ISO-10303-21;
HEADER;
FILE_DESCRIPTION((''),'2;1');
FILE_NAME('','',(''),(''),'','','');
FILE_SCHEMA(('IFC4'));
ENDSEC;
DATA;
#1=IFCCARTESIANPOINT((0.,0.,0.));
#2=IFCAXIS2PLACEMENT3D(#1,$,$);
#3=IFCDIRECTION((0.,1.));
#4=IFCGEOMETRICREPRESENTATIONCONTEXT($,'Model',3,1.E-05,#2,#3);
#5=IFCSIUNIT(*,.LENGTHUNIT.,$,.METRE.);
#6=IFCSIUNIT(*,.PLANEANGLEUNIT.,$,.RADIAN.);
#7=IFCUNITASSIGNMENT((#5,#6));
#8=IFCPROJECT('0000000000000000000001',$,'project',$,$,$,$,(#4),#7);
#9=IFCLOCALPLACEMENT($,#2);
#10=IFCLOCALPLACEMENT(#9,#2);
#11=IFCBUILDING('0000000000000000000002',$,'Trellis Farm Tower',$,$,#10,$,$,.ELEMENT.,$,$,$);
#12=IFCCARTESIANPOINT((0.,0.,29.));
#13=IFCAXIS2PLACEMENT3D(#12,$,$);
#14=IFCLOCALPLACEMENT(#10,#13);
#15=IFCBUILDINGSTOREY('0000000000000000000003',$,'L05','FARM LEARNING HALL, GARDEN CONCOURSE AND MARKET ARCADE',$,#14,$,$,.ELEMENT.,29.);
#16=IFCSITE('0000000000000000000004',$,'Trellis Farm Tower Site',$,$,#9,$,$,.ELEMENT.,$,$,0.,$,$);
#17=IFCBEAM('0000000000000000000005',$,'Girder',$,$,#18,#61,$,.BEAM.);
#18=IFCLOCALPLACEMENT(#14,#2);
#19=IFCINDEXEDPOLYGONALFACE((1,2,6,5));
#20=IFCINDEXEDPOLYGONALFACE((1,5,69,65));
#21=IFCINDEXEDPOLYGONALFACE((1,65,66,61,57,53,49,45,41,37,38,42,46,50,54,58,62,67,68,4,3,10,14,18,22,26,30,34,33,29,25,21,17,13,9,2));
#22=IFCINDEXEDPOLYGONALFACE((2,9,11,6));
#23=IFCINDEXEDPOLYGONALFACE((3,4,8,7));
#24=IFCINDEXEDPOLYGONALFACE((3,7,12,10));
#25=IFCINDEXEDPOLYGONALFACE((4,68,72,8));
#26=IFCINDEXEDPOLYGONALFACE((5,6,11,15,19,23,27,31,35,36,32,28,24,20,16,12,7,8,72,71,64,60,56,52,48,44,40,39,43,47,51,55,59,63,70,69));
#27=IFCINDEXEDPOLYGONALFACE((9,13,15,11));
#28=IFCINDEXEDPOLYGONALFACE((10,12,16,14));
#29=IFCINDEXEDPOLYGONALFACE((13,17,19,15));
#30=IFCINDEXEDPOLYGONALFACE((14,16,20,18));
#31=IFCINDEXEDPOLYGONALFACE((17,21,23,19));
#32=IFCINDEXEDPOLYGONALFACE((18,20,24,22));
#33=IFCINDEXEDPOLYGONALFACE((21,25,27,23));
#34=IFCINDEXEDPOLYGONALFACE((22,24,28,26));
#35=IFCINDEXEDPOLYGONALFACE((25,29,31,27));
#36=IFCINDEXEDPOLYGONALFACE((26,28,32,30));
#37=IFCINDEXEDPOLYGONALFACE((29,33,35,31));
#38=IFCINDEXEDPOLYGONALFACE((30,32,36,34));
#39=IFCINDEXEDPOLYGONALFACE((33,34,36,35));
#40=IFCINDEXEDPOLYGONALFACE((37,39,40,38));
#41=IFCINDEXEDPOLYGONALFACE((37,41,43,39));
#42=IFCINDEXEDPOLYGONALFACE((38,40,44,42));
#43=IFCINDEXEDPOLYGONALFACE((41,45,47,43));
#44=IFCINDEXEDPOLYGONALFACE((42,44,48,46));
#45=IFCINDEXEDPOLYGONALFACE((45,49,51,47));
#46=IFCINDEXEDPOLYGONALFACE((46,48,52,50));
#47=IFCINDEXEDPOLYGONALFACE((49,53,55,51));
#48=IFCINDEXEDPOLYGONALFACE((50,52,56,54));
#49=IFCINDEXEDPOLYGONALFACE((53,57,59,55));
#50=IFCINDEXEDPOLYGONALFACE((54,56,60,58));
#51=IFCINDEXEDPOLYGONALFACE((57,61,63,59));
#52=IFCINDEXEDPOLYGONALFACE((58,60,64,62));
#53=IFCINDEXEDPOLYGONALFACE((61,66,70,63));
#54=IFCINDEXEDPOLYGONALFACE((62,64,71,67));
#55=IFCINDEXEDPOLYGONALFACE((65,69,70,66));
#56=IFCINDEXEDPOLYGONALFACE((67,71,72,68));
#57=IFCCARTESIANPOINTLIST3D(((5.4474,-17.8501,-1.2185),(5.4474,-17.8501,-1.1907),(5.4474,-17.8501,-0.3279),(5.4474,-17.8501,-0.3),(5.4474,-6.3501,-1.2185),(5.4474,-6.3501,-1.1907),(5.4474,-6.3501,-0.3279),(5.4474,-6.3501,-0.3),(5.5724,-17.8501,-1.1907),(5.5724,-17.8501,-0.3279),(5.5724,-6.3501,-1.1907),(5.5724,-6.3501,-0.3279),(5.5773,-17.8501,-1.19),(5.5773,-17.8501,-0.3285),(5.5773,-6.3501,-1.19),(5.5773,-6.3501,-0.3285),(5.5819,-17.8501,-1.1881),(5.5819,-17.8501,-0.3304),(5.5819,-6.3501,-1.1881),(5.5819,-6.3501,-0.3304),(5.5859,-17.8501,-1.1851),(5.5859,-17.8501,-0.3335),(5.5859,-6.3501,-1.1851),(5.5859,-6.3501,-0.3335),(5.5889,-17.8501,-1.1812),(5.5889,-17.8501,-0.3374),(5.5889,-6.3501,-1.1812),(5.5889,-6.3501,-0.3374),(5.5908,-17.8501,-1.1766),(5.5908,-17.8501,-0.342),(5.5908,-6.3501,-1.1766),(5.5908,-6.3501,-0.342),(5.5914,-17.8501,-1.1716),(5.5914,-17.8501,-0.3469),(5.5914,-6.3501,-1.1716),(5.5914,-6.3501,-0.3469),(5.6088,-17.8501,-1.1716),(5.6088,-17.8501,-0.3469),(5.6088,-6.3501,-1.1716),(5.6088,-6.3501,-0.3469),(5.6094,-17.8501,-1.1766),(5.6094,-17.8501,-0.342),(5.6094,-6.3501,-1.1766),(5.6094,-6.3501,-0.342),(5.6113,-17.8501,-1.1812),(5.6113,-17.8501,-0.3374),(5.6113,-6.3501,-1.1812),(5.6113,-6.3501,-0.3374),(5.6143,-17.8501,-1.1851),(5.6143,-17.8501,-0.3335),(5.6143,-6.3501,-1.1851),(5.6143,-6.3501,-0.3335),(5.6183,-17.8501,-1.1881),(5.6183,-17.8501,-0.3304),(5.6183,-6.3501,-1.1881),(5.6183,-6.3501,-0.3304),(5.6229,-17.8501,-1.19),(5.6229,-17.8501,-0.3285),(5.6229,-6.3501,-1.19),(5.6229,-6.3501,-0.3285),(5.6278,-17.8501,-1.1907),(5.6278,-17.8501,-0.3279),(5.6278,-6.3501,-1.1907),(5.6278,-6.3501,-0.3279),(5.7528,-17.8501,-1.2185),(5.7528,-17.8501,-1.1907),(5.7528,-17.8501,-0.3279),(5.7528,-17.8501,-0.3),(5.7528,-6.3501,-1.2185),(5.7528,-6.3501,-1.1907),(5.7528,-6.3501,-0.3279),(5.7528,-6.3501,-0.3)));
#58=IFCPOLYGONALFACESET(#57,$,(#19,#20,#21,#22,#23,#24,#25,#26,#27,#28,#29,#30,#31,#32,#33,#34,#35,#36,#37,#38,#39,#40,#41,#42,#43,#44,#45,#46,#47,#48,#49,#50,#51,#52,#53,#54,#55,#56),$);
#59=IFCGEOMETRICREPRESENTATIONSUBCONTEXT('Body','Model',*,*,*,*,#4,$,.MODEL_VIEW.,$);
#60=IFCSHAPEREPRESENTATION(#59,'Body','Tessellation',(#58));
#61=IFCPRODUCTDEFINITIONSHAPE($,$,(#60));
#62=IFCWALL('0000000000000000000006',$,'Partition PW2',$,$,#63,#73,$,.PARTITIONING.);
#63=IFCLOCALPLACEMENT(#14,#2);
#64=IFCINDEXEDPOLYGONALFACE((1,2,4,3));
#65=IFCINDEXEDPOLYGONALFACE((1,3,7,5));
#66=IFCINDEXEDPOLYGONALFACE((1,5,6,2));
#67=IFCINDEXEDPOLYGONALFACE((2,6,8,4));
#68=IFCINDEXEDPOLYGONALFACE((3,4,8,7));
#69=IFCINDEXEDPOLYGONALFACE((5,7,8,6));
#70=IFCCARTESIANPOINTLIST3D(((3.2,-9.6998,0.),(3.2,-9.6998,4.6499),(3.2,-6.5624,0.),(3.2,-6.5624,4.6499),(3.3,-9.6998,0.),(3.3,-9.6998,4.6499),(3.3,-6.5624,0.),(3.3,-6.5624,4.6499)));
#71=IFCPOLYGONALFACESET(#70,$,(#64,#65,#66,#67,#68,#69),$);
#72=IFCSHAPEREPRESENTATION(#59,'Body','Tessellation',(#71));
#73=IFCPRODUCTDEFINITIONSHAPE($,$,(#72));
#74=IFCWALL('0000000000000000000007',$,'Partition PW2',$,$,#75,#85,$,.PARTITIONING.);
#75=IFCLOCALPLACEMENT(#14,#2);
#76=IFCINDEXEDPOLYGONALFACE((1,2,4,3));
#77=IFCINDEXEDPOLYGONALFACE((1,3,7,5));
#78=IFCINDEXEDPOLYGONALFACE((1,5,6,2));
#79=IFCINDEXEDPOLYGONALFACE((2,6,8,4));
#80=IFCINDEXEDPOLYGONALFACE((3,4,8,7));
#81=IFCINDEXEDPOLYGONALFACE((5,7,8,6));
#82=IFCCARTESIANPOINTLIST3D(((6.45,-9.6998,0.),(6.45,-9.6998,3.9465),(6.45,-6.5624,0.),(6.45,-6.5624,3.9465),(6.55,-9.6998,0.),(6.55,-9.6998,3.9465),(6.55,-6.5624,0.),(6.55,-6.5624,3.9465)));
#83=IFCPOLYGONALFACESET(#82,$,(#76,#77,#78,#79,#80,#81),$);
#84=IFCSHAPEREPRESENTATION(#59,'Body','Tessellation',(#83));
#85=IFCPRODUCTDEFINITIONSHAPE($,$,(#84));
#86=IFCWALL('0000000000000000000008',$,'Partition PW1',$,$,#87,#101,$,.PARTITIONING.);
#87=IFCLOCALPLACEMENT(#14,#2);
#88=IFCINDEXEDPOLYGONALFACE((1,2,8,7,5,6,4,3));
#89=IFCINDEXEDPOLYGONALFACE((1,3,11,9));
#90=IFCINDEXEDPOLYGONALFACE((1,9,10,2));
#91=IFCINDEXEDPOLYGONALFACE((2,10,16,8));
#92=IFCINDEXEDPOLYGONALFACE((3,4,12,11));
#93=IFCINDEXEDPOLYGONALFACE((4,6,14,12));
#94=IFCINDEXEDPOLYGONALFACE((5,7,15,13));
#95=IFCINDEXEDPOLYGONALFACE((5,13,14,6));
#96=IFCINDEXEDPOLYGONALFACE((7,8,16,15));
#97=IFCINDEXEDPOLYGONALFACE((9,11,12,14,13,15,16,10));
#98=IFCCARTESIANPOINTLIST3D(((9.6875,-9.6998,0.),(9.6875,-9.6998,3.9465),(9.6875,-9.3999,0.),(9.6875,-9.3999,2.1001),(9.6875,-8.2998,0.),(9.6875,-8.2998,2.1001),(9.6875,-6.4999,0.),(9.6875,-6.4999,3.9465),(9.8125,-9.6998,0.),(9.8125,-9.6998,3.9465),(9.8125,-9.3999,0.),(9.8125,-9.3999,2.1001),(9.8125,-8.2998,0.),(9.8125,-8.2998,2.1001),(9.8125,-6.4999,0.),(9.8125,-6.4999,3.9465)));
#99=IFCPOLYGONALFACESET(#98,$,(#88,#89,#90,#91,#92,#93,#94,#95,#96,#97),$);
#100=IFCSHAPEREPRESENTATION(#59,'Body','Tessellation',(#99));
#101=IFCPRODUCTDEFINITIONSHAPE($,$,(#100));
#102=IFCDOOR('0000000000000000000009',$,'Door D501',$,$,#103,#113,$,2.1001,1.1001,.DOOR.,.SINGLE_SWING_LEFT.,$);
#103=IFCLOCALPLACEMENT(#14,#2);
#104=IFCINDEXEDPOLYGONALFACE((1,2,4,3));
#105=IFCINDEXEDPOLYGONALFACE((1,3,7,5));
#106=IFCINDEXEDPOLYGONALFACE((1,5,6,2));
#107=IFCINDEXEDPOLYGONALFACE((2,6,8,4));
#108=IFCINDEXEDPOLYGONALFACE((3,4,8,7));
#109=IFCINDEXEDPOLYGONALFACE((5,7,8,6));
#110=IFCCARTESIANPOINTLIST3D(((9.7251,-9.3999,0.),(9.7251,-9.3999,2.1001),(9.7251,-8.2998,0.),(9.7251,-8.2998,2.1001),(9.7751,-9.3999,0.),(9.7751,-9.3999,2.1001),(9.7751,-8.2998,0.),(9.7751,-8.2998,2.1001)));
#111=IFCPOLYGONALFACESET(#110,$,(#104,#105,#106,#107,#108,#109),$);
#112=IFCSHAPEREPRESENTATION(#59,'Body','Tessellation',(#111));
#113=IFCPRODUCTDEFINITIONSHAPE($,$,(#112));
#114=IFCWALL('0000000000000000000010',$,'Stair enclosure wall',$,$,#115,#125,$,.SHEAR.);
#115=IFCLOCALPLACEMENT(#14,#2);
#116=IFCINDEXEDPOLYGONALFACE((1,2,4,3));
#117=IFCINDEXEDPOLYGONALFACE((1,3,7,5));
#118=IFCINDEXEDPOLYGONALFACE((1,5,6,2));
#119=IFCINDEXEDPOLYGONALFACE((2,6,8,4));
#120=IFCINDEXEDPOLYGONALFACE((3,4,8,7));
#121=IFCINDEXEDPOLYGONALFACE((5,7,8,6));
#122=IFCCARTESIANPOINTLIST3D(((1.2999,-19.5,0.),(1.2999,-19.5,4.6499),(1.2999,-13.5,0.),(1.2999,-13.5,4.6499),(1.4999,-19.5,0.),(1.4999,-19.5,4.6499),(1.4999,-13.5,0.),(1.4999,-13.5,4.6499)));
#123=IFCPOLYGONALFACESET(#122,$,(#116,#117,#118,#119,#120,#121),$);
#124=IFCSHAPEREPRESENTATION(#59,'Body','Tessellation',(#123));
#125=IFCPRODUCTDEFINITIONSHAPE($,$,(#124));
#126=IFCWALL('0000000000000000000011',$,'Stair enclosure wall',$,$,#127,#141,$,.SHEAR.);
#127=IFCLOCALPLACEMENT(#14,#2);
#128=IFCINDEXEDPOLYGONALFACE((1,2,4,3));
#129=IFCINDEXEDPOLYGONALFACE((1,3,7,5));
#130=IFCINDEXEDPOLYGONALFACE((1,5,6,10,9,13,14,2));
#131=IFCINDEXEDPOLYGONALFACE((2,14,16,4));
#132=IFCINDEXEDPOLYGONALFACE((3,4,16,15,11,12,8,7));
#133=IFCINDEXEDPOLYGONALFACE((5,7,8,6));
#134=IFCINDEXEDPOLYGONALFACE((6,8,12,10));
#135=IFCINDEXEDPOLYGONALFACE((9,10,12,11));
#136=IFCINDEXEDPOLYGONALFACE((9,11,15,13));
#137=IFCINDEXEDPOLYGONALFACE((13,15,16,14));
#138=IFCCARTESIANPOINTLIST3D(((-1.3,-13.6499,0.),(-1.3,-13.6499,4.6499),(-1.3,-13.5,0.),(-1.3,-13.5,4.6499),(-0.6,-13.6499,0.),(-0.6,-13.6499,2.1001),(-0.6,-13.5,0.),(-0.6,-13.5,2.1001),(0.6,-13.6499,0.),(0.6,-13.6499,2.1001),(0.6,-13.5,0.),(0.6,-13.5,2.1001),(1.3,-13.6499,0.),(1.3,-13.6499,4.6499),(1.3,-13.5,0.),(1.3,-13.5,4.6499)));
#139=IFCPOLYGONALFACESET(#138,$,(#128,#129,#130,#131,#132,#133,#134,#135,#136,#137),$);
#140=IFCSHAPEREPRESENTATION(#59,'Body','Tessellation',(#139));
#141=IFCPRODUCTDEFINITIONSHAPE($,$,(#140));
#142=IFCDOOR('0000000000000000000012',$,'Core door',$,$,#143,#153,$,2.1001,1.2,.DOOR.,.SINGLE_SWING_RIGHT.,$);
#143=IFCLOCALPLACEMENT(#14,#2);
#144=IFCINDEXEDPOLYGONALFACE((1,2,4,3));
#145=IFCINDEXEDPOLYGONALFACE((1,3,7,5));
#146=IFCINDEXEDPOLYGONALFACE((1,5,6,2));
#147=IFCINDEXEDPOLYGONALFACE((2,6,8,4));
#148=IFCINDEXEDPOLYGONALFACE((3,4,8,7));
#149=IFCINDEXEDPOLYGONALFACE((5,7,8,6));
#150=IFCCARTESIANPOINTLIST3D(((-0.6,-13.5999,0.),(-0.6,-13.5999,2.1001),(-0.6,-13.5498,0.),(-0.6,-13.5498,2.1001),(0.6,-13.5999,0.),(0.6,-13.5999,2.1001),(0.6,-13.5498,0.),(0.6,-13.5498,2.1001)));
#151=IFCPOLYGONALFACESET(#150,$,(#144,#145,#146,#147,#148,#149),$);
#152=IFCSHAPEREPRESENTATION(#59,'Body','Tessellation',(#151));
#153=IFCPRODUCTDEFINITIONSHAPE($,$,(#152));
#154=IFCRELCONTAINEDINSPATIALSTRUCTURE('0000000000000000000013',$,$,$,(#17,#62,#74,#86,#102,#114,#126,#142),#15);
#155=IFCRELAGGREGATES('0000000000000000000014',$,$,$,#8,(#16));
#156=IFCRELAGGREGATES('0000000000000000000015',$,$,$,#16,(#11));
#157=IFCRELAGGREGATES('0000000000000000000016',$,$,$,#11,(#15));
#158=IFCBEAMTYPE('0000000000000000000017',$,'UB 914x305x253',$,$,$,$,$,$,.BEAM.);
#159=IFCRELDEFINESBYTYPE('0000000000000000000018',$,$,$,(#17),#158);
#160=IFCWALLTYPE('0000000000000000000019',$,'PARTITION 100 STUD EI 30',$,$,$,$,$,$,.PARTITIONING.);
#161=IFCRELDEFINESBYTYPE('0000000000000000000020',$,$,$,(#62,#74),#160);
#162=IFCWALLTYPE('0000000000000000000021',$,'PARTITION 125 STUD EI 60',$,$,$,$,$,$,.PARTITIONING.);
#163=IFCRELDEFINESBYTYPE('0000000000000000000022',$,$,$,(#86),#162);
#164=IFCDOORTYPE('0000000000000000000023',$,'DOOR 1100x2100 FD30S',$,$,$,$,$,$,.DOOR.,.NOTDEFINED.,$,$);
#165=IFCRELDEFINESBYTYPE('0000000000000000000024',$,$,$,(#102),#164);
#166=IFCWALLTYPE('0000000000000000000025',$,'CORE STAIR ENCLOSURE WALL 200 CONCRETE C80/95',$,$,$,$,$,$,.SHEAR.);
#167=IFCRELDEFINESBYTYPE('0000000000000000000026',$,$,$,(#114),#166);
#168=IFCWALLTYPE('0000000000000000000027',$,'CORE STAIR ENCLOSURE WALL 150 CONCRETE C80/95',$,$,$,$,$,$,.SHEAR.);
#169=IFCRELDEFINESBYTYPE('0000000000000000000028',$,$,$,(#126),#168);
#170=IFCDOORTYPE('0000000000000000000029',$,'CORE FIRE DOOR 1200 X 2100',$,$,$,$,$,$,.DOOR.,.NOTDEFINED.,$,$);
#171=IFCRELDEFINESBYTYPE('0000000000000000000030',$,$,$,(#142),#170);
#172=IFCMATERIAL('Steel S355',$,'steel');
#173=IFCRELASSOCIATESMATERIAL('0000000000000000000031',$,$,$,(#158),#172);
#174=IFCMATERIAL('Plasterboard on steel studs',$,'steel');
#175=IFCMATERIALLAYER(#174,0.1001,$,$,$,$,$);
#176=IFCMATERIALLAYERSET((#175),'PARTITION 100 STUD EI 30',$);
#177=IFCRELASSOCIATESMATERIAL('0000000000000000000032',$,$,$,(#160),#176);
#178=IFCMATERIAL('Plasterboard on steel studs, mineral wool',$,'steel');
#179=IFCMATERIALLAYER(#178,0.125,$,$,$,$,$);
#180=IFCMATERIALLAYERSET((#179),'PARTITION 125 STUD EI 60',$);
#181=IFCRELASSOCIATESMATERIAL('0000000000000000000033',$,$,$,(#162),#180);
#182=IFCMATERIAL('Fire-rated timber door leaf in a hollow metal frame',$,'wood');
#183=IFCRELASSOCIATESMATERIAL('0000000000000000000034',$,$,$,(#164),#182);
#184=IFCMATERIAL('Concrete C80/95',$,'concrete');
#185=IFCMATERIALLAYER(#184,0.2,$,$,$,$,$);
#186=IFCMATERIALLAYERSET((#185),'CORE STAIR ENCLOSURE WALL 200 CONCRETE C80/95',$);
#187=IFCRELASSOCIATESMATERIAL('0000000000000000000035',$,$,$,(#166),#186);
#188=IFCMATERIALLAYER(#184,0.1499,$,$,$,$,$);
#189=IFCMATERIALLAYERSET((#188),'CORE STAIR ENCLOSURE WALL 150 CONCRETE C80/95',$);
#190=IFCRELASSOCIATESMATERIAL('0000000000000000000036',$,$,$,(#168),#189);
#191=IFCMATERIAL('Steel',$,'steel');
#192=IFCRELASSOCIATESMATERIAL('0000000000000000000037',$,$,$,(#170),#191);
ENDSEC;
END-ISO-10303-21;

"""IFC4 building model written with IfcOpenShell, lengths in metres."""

from ifc_helpers import new_model, si_unit, direction, frame, frame_2d, origin, origin_2d, place, context, subcontext, project, spatial, rectangle, i_section, extrude, source, transform, mapped, material, layer, layer_set, material_profile, profile_set, type_object, element, fill, save


model = new_model("IFC4")

# Units and contexts
model_context = context("Model", 3, precision=1e-05, world=origin(), true_north=direction((0.0, 1.0)))
body_context = subcontext(model_context, "Body", "Model", "MODEL_VIEW")
ifc_project = project(units=[si_unit("LENGTHUNIT", "METRE"), si_unit("PLANEANGLEUNIT", "RADIAN")], contexts=[model_context])

# Site, building, storey
site_placement = place(None, origin())
site = spatial("IfcSite", under=ifc_project, at=site_placement, Name="Trellis Farm Tower Site", CompositionType="ELEMENT", RefElevation=0.0)
building_placement = place(site_placement, origin())
building = spatial("IfcBuilding", under=site, at=building_placement, Name="Trellis Farm Tower", CompositionType="ELEMENT")
storey_placement = place(building_placement, frame((0.0, 0.0, 29.0)))
storey = spatial("IfcBuildingStorey", under=building, at=storey_placement, Name="L05", Description="FARM LEARNING HALL, GARDEN CONCOURSE AND MARKET ARCADE", CompositionType="ELEMENT", Elevation=29.0)

# Beam
ifc_material_1 = material(Name="Steel S355", Category="steel")
ifc_material_profile_1 = material_profile(ifc_material_1, i_section(OverallWidth=0.3054, OverallDepth=0.9185, WebThickness=0.0173, FlangeThickness=0.0278, FilletRadius=0.019, at=origin_2d()), Name="UB 914x305x253")
ifc_profile_set_1 = profile_set([ifc_material_profile_1], Name="Steel S355")
beam_type_1 = type_object("IfcBeamType", Name="UB 914x305x253", PredefinedType="BEAM", material=ifc_profile_set_1)
shared_shape_1 = source(origin(), body_context, "Body", "SweptSolid", [
    extrude(i_section(OverallWidth=0.3054, OverallDepth=0.9185, WebThickness=0.0173, FlangeThickness=0.0278, FilletRadius=0.019, at=origin_2d()), origin(), (0.0, 0.0, 1.0), 11.5),
])
beam_1_placement = place(storey_placement, frame((5.6001, -17.8501, -0.7593), z_axis=(0.0, 1.0, 0.0), x_axis=(-1.0, 0.0, 0.0)))
element("IfcBeam", 1, at=beam_1_placement, inside=storey, type_object=beam_type_1, Name="Girder", PredefinedType="BEAM", context=body_context, shape_type="MappedRepresentation", body=[
    mapped(shared_shape_1, transform((0.0, 0.0, 0.0))),
])

# Walls
ifc_material_2 = material(Name="Plasterboard on steel studs", Category="steel")
ifc_layer_1 = layer(ifc_material_2, 0.1001)
ifc_layer_set_1 = layer_set([ifc_layer_1], Name="PARTITION 100 STUD EI 30")
wall_type_1 = type_object("IfcWallType", Name="PARTITION 100 STUD EI 30", PredefinedType="PARTITIONING", material=ifc_layer_set_1)
wall_1_placement = place(storey_placement, frame((3.25, -9.7, 0.0), z_axis=(0.0, 0.0, 1.0), x_axis=(0.0, 1.0, 0.0)))
element("IfcWall", 2, at=wall_1_placement, inside=storey, type_object=wall_type_1, Name="Partition PW2", PredefinedType="PARTITIONING", context=body_context, shape_type="SweptSolid", body=[
    extrude(rectangle(XDim=3.1375, YDim=0.1001, at=frame_2d((1.5688, 0.0))), origin(), (0.0, 0.0, 1.0), 4.6499),
])
wall_2_placement = place(storey_placement, frame((6.5, -9.7, 0.0), z_axis=(0.0, 0.0, 1.0), x_axis=(0.0, 1.0, 0.0)))
element("IfcWall", 3, at=wall_2_placement, inside=storey, type_object=wall_type_1, Name="Partition PW2", PredefinedType="PARTITIONING", context=body_context, shape_type="SweptSolid", body=[
    extrude(rectangle(XDim=3.1375, YDim=0.1001, at=frame_2d((1.5688, 0.0))), origin(), (0.0, 0.0, 1.0), 3.9465),
])

# Wall, opening, door
ifc_material_3 = material(Name="Plasterboard on steel studs, mineral wool", Category="steel")
ifc_layer_2 = layer(ifc_material_3, 0.125)
ifc_layer_set_2 = layer_set([ifc_layer_2], Name="PARTITION 125 STUD EI 60")
wall_type_2 = type_object("IfcWallType", Name="PARTITION 125 STUD EI 60", PredefinedType="PARTITIONING", material=ifc_layer_set_2)
wall_3_placement = place(storey_placement, frame((9.75, -9.7, 0.0), z_axis=(0.0, 0.0, 1.0), x_axis=(0.0, 1.0, 0.0)))
wall_3 = element("IfcWall", 4, at=wall_3_placement, inside=storey, type_object=wall_type_2, Name="Partition PW1", PredefinedType="PARTITIONING", context=body_context, shape_type="SweptSolid", body=[
    extrude(rectangle(XDim=3.2, YDim=0.125, at=frame_2d((1.6001, 0.0))), origin(), (0.0, 0.0, 1.0), 3.9465),
])
shared_shape_2 = source(origin(), body_context, "Body", "SweptSolid", [
    extrude(rectangle(XDim=1.1001, YDim=2.1001, at=frame_2d((0.55, 1.05))), frame((0.0, 0.0725, 0.0), z_axis=(0.0, -1.0, 0.0), x_axis=(1.0, 0.0, 0.0)), (0.0, 0.0, 1.0), 0.145),
])
opening_1_placement = place(wall_3_placement, frame((0.3, 0.0, 0.0)))
opening_1 = element("IfcOpeningElement", 5, at=opening_1_placement, cuts=wall_3, PredefinedType="OPENING", context=body_context, shape_type="MappedRepresentation", body=[
    mapped(shared_shape_2, transform((0.0, 0.0, 0.0))),
])
ifc_material_4 = material(Name="Fire-rated timber door leaf in a hollow metal frame", Category="wood")
door_type_1 = type_object("IfcDoorType", Name="DOOR 1100x2100 FD30S", OperationType="NOTDEFINED", PredefinedType="DOOR", material=ifc_material_4)
shared_shape_3 = source(origin(), body_context, "Body", "SweptSolid", [
    extrude(rectangle(XDim=1.1001, YDim=2.1001, at=frame_2d((0.55, 1.05))), frame((0.0, 0.0249, 0.0), z_axis=(0.0, -1.0, 0.0), x_axis=(1.0, 0.0, 0.0)), (0.0, 0.0, 1.0), 0.05),
])
door_1_placement = place(opening_1_placement, origin())
door_1 = element("IfcDoor", 6, at=door_1_placement, inside=storey, type_object=door_type_1, Name="Door D501", OperationType="SINGLE_SWING_LEFT", OverallHeight=2.1001, OverallWidth=1.1001, PredefinedType="DOOR", context=body_context, shape_type="MappedRepresentation", body=[
    mapped(shared_shape_3, transform((0.0, 0.0, 0.0))),
])
fill(opening_1, door_1)

# Wall
ifc_material_5 = material(Name="Concrete C80/95", Category="concrete")
ifc_layer_3 = layer(ifc_material_5, 0.2)
ifc_layer_set_3 = layer_set([ifc_layer_3], Name="CORE STAIR ENCLOSURE WALL 200 CONCRETE C80/95")
wall_type_3 = type_object("IfcWallType", Name="CORE STAIR ENCLOSURE WALL 200 CONCRETE C80/95", PredefinedType="SHEAR", material=ifc_layer_set_3)
shared_shape_4 = source(origin(), body_context, "Body", "SweptSolid", [
    extrude(rectangle(XDim=6.0, YDim=0.2, at=frame_2d((3.0, 0.0))), origin(), (0.0, 0.0, 1.0), 4.6499),
])
wall_4_placement = place(storey_placement, frame((1.3999, -13.5, 0.0), z_axis=(0.0, 0.0, 1.0), x_axis=(0.0, -1.0, 0.0)))
element("IfcWall", 7, at=wall_4_placement, inside=storey, type_object=wall_type_3, Name="Stair enclosure wall", PredefinedType="SHEAR", context=body_context, shape_type="MappedRepresentation", body=[
    mapped(shared_shape_4, transform((0.0, 0.0, 0.0))),
])

# Wall, opening, door
ifc_layer_4 = layer(ifc_material_5, 0.1499)
ifc_layer_set_4 = layer_set([ifc_layer_4], Name="CORE STAIR ENCLOSURE WALL 150 CONCRETE C80/95")
wall_type_4 = type_object("IfcWallType", Name="CORE STAIR ENCLOSURE WALL 150 CONCRETE C80/95", PredefinedType="SHEAR", material=ifc_layer_set_4)
shared_shape_5 = source(origin(), body_context, "Body", "SweptSolid", [
    extrude(rectangle(XDim=2.6001, YDim=0.1499, at=frame_2d((1.3, 0.0))), origin(), (0.0, 0.0, 1.0), 4.6499),
])
wall_5_placement = place(storey_placement, frame((1.3, -13.575, 0.0), z_axis=(0.0, 0.0, 1.0), x_axis=(-1.0, 0.0, 0.0)))
wall_5 = element("IfcWall", 8, at=wall_5_placement, inside=storey, type_object=wall_type_4, Name="Stair enclosure wall", PredefinedType="SHEAR", context=body_context, shape_type="MappedRepresentation", body=[
    mapped(shared_shape_5, transform((0.0, 0.0, 0.0))),
])
shared_shape_6 = source(origin(), body_context, "Body", "SweptSolid", [
    extrude(rectangle(XDim=1.2, YDim=2.1001, at=frame_2d((0.6001, 1.05))), frame((0.0, 0.085, 0.0), z_axis=(0.0, -1.0, 0.0), x_axis=(1.0, 0.0, 0.0)), (0.0, 0.0, 1.0), 0.1699),
])
opening_2_placement = place(wall_5_placement, frame((0.7, 0.0, 0.0)))
opening_2 = element("IfcOpeningElement", 9, at=opening_2_placement, cuts=wall_5, PredefinedType="OPENING", context=body_context, shape_type="MappedRepresentation", body=[
    mapped(shared_shape_6, transform((0.0, 0.0, 0.0))),
])
ifc_material_6 = material(Name="Steel", Category="steel")
door_type_2 = type_object("IfcDoorType", Name="CORE FIRE DOOR 1200 X 2100", OperationType="NOTDEFINED", PredefinedType="DOOR", material=ifc_material_6)
shared_shape_7 = source(origin(), body_context, "Body", "SweptSolid", [
    extrude(rectangle(XDim=1.2, YDim=2.1001, at=frame_2d((0.6001, 1.05))), frame((0.0, 0.0249, 0.0), z_axis=(0.0, -1.0, 0.0), x_axis=(1.0, 0.0, 0.0)), (0.0, 0.0, 1.0), 0.05),
])
door_2_placement = place(opening_2_placement, origin())
door_2 = element("IfcDoor", 10, at=door_2_placement, inside=storey, type_object=door_type_2, Name="Core door", OperationType="SINGLE_SWING_RIGHT", OverallHeight=2.1001, OverallWidth=1.2, PredefinedType="DOOR", context=body_context, shape_type="MappedRepresentation", body=[
    mapped(shared_shape_7, transform((0.0, 0.0, 0.0))),
])
fill(opening_2, door_2)

save(model, "model.ifc")
